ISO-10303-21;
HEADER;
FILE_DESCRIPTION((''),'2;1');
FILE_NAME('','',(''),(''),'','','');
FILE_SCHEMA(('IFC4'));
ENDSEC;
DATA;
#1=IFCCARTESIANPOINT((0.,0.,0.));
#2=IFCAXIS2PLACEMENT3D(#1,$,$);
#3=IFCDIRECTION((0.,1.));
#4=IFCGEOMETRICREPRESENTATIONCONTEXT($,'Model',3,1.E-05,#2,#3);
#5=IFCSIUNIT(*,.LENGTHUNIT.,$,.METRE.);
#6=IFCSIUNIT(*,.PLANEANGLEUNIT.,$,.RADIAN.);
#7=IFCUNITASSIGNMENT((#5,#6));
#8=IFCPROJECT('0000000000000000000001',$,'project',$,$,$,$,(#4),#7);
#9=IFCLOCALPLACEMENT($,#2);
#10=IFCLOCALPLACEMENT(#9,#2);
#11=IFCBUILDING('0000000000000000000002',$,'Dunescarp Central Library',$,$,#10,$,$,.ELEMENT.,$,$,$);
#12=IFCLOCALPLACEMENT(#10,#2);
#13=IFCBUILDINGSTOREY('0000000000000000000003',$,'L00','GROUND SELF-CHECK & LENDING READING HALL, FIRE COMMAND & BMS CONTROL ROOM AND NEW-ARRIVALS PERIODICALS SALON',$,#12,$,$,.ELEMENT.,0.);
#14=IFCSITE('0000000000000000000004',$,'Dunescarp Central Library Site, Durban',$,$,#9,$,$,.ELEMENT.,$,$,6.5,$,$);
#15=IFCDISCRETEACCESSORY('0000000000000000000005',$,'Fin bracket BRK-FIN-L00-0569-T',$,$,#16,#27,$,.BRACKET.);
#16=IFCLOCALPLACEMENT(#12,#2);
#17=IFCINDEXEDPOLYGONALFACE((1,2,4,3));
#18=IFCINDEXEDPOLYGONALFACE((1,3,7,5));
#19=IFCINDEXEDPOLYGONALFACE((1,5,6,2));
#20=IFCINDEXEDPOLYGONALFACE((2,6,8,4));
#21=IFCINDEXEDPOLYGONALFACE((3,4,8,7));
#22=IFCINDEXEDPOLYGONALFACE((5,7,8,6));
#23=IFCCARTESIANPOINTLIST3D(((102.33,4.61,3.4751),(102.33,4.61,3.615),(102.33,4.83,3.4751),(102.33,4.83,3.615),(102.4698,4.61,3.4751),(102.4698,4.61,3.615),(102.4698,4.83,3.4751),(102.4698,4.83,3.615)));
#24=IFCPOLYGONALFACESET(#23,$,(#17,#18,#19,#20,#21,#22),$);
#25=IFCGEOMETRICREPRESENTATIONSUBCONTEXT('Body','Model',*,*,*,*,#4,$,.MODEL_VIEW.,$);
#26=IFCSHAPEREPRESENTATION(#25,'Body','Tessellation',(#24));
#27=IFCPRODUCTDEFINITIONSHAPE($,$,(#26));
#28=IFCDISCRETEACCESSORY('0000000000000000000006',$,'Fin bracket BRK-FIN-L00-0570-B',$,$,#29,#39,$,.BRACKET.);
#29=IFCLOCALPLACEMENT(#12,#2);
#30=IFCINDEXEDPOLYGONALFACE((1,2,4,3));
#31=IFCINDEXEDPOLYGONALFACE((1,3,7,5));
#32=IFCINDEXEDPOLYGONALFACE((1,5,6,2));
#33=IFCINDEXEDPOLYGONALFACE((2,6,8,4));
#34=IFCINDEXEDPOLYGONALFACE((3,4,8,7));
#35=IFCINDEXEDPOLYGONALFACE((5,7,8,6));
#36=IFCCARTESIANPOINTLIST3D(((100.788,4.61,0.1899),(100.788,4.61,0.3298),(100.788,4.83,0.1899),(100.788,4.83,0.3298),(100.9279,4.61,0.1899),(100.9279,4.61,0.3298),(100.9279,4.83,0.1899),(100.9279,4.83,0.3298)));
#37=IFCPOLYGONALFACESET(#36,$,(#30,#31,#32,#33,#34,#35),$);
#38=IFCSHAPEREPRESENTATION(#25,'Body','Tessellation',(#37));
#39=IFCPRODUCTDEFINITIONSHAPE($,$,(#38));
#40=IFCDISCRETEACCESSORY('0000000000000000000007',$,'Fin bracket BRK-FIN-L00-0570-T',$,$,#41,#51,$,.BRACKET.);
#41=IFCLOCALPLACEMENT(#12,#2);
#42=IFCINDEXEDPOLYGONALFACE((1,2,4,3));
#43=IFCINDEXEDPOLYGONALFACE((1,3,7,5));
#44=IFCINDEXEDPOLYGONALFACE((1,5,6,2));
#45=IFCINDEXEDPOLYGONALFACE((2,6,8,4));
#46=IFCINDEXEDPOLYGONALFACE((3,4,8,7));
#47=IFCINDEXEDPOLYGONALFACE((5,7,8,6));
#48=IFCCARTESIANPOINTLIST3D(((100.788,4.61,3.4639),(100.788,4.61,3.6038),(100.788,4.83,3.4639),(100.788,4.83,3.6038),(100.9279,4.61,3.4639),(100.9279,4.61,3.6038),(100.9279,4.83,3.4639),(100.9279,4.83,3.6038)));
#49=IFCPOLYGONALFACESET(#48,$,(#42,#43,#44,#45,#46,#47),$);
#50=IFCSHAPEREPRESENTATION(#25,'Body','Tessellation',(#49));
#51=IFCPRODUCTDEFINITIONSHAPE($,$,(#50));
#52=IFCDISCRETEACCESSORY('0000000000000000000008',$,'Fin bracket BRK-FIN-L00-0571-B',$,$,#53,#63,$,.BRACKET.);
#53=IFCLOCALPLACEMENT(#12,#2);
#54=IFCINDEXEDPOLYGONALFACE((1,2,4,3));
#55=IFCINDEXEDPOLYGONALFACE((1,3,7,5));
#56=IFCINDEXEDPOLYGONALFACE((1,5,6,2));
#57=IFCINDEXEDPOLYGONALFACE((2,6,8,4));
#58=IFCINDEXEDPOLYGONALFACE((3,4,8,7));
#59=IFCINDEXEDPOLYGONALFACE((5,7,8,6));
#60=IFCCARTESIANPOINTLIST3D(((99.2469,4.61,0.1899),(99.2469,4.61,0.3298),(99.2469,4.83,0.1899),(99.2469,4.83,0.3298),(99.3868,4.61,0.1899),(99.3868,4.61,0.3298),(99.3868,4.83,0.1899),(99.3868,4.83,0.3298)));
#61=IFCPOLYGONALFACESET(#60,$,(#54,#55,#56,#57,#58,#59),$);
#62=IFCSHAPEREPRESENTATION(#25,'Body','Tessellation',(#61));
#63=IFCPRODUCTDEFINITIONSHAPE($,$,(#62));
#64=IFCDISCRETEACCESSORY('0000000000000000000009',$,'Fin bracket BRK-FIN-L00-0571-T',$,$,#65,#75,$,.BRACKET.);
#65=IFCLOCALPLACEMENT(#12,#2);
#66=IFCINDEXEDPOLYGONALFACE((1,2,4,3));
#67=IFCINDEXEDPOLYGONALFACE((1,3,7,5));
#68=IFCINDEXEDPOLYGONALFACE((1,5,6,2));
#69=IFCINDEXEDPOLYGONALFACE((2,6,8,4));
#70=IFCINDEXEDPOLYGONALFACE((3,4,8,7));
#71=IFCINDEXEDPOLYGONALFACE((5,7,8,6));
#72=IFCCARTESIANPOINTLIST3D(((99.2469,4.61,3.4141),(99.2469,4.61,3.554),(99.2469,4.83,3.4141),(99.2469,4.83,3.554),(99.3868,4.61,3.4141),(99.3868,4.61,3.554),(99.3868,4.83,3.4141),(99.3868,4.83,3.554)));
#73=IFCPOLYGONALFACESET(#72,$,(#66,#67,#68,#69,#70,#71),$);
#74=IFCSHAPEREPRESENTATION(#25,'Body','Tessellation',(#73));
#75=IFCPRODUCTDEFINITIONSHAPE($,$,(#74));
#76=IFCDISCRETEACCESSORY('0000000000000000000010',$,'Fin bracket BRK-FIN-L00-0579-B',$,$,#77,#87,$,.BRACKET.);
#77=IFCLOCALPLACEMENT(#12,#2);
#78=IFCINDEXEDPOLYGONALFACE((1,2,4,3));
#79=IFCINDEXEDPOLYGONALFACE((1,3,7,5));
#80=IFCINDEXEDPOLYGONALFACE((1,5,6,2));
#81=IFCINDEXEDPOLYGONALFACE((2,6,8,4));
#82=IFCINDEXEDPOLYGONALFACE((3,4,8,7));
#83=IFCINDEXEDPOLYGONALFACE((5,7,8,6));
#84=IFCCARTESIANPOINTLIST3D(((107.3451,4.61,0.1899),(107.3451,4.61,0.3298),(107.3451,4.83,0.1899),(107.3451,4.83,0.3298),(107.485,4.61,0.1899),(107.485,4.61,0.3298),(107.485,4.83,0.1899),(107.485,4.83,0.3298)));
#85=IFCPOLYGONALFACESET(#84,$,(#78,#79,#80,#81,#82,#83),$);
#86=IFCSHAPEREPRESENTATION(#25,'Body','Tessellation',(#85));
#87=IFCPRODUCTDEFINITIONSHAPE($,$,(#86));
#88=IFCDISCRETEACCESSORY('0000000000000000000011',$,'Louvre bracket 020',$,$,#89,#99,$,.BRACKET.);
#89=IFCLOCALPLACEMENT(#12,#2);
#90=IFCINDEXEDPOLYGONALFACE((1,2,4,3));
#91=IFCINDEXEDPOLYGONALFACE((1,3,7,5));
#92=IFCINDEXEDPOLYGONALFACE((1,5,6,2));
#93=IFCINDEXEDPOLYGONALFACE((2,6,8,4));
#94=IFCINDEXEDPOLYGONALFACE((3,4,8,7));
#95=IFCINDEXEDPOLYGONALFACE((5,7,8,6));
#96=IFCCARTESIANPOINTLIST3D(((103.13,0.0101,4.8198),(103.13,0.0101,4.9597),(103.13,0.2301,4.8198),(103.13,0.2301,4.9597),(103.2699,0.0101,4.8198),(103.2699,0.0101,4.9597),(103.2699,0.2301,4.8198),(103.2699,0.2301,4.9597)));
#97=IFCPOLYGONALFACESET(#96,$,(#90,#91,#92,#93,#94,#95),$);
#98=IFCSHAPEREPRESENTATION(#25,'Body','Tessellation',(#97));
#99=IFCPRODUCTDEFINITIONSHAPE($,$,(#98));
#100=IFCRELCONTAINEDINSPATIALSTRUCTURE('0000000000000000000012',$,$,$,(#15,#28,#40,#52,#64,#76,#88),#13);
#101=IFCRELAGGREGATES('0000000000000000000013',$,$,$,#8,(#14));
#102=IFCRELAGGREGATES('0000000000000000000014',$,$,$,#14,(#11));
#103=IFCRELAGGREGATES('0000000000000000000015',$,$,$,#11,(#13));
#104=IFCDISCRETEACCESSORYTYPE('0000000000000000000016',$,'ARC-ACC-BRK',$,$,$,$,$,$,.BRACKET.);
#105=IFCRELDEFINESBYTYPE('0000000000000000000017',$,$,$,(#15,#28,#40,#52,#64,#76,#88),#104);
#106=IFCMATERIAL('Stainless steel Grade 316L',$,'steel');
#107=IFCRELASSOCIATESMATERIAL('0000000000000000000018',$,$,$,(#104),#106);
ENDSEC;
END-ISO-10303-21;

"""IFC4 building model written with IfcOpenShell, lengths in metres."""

from ifc_helpers import new_model, si_unit, direction, frame, origin, origin_2d, place, context, subcontext, project, spatial, rectangle, extrude, material, type_object, element, save


model = new_model("IFC4")

# Units and contexts
model_context = context("Model", 3, precision=1e-05, world=origin(), true_north=direction((0.0, 1.0)))
body_context = subcontext(model_context, "Body", "Model", "MODEL_VIEW")
ifc_project = project(units=[si_unit("LENGTHUNIT", "METRE"), si_unit("PLANEANGLEUNIT", "RADIAN")], contexts=[model_context])

# Site, building, storey
site_placement = place(None, origin())
site = spatial("IfcSite", under=ifc_project, at=site_placement, Name="Dunescarp Central Library Site, Durban", CompositionType="ELEMENT", RefElevation=6.5)
building_placement = place(site_placement, origin())
building = spatial("IfcBuilding", under=site, at=building_placement, Name="Dunescarp Central Library", CompositionType="ELEMENT")
storey_placement = place(building_placement, origin())
storey = spatial("IfcBuildingStorey", under=building, at=storey_placement, Name="L00", Description="GROUND SELF-CHECK & LENDING READING HALL, FIRE COMMAND & BMS CONTROL ROOM AND NEW-ARRIVALS PERIODICALS SALON", CompositionType="ELEMENT", Elevation=0.0)

# Discrete accessories
ifc_material_1 = material(Name="Stainless steel Grade 316L", Category="steel")
discrete_accessory_type = type_object("IfcDiscreteAccessoryType", Name="ARC-ACC-BRK", PredefinedType="BRACKET", material=ifc_material_1)
for number, where, z_axis, x_axis, name in (
    (1, (102.3999, 4.72, 3.4751), (0.0, 0.0, 1.0), (0.0, -1.0, 0.0), "Fin bracket BRK-FIN-L00-0569-T"),
    (2, (100.8579, 4.72, 0.1899), (0.0, 0.0, 1.0), (0.0, -1.0, 0.0), "Fin bracket BRK-FIN-L00-0570-B"),
    (3, (100.8579, 4.72, 3.4639), (0.0, 0.0, 1.0), (0.0, -1.0, 0.0), "Fin bracket BRK-FIN-L00-0570-T"),
    (4, (99.3169, 4.72, 0.1899), (0.0, 0.0, 1.0), (0.0, -1.0, 0.0), "Fin bracket BRK-FIN-L00-0571-B"),
    (5, (99.3169, 4.72, 3.4141), (0.0, 0.0, 1.0), (0.0, -1.0, 0.0), "Fin bracket BRK-FIN-L00-0571-T"),
    (6, (107.415, 4.72, 0.1899), (0.0, 0.0, 1.0), (0.0, -1.0, 0.0), "Fin bracket BRK-FIN-L00-0579-B"),
):
    element("IfcDiscreteAccessory", number, at=place(storey_placement, frame(where, z_axis=z_axis, x_axis=x_axis)), inside=storey, type_object=discrete_accessory_type, Name=name, PredefinedType="BRACKET", context=body_context, shape_type="SweptSolid", body=[
        extrude(rectangle(XDim=0.22, YDim=0.1399, at=origin_2d()), origin(), (0.0, 0.0, 1.0), 0.1399),
    ])
discrete_accessory_placement = place(storey_placement, frame((103.2, 0.1201, 4.8198), z_axis=(0.0, 0.0, 1.0), x_axis=(1.0, 0.0, 0.0)))
element("IfcDiscreteAccessory", 7, at=discrete_accessory_placement, inside=storey, type_object=discrete_accessory_type, Name="Louvre bracket 020", PredefinedType="BRACKET", context=body_context, shape_type="SweptSolid", body=[
    extrude(rectangle(XDim=0.1399, YDim=0.22, at=origin_2d()), origin(), (0.0, 0.0, 1.0), 0.1399),
])

save(model, "model.ifc")
